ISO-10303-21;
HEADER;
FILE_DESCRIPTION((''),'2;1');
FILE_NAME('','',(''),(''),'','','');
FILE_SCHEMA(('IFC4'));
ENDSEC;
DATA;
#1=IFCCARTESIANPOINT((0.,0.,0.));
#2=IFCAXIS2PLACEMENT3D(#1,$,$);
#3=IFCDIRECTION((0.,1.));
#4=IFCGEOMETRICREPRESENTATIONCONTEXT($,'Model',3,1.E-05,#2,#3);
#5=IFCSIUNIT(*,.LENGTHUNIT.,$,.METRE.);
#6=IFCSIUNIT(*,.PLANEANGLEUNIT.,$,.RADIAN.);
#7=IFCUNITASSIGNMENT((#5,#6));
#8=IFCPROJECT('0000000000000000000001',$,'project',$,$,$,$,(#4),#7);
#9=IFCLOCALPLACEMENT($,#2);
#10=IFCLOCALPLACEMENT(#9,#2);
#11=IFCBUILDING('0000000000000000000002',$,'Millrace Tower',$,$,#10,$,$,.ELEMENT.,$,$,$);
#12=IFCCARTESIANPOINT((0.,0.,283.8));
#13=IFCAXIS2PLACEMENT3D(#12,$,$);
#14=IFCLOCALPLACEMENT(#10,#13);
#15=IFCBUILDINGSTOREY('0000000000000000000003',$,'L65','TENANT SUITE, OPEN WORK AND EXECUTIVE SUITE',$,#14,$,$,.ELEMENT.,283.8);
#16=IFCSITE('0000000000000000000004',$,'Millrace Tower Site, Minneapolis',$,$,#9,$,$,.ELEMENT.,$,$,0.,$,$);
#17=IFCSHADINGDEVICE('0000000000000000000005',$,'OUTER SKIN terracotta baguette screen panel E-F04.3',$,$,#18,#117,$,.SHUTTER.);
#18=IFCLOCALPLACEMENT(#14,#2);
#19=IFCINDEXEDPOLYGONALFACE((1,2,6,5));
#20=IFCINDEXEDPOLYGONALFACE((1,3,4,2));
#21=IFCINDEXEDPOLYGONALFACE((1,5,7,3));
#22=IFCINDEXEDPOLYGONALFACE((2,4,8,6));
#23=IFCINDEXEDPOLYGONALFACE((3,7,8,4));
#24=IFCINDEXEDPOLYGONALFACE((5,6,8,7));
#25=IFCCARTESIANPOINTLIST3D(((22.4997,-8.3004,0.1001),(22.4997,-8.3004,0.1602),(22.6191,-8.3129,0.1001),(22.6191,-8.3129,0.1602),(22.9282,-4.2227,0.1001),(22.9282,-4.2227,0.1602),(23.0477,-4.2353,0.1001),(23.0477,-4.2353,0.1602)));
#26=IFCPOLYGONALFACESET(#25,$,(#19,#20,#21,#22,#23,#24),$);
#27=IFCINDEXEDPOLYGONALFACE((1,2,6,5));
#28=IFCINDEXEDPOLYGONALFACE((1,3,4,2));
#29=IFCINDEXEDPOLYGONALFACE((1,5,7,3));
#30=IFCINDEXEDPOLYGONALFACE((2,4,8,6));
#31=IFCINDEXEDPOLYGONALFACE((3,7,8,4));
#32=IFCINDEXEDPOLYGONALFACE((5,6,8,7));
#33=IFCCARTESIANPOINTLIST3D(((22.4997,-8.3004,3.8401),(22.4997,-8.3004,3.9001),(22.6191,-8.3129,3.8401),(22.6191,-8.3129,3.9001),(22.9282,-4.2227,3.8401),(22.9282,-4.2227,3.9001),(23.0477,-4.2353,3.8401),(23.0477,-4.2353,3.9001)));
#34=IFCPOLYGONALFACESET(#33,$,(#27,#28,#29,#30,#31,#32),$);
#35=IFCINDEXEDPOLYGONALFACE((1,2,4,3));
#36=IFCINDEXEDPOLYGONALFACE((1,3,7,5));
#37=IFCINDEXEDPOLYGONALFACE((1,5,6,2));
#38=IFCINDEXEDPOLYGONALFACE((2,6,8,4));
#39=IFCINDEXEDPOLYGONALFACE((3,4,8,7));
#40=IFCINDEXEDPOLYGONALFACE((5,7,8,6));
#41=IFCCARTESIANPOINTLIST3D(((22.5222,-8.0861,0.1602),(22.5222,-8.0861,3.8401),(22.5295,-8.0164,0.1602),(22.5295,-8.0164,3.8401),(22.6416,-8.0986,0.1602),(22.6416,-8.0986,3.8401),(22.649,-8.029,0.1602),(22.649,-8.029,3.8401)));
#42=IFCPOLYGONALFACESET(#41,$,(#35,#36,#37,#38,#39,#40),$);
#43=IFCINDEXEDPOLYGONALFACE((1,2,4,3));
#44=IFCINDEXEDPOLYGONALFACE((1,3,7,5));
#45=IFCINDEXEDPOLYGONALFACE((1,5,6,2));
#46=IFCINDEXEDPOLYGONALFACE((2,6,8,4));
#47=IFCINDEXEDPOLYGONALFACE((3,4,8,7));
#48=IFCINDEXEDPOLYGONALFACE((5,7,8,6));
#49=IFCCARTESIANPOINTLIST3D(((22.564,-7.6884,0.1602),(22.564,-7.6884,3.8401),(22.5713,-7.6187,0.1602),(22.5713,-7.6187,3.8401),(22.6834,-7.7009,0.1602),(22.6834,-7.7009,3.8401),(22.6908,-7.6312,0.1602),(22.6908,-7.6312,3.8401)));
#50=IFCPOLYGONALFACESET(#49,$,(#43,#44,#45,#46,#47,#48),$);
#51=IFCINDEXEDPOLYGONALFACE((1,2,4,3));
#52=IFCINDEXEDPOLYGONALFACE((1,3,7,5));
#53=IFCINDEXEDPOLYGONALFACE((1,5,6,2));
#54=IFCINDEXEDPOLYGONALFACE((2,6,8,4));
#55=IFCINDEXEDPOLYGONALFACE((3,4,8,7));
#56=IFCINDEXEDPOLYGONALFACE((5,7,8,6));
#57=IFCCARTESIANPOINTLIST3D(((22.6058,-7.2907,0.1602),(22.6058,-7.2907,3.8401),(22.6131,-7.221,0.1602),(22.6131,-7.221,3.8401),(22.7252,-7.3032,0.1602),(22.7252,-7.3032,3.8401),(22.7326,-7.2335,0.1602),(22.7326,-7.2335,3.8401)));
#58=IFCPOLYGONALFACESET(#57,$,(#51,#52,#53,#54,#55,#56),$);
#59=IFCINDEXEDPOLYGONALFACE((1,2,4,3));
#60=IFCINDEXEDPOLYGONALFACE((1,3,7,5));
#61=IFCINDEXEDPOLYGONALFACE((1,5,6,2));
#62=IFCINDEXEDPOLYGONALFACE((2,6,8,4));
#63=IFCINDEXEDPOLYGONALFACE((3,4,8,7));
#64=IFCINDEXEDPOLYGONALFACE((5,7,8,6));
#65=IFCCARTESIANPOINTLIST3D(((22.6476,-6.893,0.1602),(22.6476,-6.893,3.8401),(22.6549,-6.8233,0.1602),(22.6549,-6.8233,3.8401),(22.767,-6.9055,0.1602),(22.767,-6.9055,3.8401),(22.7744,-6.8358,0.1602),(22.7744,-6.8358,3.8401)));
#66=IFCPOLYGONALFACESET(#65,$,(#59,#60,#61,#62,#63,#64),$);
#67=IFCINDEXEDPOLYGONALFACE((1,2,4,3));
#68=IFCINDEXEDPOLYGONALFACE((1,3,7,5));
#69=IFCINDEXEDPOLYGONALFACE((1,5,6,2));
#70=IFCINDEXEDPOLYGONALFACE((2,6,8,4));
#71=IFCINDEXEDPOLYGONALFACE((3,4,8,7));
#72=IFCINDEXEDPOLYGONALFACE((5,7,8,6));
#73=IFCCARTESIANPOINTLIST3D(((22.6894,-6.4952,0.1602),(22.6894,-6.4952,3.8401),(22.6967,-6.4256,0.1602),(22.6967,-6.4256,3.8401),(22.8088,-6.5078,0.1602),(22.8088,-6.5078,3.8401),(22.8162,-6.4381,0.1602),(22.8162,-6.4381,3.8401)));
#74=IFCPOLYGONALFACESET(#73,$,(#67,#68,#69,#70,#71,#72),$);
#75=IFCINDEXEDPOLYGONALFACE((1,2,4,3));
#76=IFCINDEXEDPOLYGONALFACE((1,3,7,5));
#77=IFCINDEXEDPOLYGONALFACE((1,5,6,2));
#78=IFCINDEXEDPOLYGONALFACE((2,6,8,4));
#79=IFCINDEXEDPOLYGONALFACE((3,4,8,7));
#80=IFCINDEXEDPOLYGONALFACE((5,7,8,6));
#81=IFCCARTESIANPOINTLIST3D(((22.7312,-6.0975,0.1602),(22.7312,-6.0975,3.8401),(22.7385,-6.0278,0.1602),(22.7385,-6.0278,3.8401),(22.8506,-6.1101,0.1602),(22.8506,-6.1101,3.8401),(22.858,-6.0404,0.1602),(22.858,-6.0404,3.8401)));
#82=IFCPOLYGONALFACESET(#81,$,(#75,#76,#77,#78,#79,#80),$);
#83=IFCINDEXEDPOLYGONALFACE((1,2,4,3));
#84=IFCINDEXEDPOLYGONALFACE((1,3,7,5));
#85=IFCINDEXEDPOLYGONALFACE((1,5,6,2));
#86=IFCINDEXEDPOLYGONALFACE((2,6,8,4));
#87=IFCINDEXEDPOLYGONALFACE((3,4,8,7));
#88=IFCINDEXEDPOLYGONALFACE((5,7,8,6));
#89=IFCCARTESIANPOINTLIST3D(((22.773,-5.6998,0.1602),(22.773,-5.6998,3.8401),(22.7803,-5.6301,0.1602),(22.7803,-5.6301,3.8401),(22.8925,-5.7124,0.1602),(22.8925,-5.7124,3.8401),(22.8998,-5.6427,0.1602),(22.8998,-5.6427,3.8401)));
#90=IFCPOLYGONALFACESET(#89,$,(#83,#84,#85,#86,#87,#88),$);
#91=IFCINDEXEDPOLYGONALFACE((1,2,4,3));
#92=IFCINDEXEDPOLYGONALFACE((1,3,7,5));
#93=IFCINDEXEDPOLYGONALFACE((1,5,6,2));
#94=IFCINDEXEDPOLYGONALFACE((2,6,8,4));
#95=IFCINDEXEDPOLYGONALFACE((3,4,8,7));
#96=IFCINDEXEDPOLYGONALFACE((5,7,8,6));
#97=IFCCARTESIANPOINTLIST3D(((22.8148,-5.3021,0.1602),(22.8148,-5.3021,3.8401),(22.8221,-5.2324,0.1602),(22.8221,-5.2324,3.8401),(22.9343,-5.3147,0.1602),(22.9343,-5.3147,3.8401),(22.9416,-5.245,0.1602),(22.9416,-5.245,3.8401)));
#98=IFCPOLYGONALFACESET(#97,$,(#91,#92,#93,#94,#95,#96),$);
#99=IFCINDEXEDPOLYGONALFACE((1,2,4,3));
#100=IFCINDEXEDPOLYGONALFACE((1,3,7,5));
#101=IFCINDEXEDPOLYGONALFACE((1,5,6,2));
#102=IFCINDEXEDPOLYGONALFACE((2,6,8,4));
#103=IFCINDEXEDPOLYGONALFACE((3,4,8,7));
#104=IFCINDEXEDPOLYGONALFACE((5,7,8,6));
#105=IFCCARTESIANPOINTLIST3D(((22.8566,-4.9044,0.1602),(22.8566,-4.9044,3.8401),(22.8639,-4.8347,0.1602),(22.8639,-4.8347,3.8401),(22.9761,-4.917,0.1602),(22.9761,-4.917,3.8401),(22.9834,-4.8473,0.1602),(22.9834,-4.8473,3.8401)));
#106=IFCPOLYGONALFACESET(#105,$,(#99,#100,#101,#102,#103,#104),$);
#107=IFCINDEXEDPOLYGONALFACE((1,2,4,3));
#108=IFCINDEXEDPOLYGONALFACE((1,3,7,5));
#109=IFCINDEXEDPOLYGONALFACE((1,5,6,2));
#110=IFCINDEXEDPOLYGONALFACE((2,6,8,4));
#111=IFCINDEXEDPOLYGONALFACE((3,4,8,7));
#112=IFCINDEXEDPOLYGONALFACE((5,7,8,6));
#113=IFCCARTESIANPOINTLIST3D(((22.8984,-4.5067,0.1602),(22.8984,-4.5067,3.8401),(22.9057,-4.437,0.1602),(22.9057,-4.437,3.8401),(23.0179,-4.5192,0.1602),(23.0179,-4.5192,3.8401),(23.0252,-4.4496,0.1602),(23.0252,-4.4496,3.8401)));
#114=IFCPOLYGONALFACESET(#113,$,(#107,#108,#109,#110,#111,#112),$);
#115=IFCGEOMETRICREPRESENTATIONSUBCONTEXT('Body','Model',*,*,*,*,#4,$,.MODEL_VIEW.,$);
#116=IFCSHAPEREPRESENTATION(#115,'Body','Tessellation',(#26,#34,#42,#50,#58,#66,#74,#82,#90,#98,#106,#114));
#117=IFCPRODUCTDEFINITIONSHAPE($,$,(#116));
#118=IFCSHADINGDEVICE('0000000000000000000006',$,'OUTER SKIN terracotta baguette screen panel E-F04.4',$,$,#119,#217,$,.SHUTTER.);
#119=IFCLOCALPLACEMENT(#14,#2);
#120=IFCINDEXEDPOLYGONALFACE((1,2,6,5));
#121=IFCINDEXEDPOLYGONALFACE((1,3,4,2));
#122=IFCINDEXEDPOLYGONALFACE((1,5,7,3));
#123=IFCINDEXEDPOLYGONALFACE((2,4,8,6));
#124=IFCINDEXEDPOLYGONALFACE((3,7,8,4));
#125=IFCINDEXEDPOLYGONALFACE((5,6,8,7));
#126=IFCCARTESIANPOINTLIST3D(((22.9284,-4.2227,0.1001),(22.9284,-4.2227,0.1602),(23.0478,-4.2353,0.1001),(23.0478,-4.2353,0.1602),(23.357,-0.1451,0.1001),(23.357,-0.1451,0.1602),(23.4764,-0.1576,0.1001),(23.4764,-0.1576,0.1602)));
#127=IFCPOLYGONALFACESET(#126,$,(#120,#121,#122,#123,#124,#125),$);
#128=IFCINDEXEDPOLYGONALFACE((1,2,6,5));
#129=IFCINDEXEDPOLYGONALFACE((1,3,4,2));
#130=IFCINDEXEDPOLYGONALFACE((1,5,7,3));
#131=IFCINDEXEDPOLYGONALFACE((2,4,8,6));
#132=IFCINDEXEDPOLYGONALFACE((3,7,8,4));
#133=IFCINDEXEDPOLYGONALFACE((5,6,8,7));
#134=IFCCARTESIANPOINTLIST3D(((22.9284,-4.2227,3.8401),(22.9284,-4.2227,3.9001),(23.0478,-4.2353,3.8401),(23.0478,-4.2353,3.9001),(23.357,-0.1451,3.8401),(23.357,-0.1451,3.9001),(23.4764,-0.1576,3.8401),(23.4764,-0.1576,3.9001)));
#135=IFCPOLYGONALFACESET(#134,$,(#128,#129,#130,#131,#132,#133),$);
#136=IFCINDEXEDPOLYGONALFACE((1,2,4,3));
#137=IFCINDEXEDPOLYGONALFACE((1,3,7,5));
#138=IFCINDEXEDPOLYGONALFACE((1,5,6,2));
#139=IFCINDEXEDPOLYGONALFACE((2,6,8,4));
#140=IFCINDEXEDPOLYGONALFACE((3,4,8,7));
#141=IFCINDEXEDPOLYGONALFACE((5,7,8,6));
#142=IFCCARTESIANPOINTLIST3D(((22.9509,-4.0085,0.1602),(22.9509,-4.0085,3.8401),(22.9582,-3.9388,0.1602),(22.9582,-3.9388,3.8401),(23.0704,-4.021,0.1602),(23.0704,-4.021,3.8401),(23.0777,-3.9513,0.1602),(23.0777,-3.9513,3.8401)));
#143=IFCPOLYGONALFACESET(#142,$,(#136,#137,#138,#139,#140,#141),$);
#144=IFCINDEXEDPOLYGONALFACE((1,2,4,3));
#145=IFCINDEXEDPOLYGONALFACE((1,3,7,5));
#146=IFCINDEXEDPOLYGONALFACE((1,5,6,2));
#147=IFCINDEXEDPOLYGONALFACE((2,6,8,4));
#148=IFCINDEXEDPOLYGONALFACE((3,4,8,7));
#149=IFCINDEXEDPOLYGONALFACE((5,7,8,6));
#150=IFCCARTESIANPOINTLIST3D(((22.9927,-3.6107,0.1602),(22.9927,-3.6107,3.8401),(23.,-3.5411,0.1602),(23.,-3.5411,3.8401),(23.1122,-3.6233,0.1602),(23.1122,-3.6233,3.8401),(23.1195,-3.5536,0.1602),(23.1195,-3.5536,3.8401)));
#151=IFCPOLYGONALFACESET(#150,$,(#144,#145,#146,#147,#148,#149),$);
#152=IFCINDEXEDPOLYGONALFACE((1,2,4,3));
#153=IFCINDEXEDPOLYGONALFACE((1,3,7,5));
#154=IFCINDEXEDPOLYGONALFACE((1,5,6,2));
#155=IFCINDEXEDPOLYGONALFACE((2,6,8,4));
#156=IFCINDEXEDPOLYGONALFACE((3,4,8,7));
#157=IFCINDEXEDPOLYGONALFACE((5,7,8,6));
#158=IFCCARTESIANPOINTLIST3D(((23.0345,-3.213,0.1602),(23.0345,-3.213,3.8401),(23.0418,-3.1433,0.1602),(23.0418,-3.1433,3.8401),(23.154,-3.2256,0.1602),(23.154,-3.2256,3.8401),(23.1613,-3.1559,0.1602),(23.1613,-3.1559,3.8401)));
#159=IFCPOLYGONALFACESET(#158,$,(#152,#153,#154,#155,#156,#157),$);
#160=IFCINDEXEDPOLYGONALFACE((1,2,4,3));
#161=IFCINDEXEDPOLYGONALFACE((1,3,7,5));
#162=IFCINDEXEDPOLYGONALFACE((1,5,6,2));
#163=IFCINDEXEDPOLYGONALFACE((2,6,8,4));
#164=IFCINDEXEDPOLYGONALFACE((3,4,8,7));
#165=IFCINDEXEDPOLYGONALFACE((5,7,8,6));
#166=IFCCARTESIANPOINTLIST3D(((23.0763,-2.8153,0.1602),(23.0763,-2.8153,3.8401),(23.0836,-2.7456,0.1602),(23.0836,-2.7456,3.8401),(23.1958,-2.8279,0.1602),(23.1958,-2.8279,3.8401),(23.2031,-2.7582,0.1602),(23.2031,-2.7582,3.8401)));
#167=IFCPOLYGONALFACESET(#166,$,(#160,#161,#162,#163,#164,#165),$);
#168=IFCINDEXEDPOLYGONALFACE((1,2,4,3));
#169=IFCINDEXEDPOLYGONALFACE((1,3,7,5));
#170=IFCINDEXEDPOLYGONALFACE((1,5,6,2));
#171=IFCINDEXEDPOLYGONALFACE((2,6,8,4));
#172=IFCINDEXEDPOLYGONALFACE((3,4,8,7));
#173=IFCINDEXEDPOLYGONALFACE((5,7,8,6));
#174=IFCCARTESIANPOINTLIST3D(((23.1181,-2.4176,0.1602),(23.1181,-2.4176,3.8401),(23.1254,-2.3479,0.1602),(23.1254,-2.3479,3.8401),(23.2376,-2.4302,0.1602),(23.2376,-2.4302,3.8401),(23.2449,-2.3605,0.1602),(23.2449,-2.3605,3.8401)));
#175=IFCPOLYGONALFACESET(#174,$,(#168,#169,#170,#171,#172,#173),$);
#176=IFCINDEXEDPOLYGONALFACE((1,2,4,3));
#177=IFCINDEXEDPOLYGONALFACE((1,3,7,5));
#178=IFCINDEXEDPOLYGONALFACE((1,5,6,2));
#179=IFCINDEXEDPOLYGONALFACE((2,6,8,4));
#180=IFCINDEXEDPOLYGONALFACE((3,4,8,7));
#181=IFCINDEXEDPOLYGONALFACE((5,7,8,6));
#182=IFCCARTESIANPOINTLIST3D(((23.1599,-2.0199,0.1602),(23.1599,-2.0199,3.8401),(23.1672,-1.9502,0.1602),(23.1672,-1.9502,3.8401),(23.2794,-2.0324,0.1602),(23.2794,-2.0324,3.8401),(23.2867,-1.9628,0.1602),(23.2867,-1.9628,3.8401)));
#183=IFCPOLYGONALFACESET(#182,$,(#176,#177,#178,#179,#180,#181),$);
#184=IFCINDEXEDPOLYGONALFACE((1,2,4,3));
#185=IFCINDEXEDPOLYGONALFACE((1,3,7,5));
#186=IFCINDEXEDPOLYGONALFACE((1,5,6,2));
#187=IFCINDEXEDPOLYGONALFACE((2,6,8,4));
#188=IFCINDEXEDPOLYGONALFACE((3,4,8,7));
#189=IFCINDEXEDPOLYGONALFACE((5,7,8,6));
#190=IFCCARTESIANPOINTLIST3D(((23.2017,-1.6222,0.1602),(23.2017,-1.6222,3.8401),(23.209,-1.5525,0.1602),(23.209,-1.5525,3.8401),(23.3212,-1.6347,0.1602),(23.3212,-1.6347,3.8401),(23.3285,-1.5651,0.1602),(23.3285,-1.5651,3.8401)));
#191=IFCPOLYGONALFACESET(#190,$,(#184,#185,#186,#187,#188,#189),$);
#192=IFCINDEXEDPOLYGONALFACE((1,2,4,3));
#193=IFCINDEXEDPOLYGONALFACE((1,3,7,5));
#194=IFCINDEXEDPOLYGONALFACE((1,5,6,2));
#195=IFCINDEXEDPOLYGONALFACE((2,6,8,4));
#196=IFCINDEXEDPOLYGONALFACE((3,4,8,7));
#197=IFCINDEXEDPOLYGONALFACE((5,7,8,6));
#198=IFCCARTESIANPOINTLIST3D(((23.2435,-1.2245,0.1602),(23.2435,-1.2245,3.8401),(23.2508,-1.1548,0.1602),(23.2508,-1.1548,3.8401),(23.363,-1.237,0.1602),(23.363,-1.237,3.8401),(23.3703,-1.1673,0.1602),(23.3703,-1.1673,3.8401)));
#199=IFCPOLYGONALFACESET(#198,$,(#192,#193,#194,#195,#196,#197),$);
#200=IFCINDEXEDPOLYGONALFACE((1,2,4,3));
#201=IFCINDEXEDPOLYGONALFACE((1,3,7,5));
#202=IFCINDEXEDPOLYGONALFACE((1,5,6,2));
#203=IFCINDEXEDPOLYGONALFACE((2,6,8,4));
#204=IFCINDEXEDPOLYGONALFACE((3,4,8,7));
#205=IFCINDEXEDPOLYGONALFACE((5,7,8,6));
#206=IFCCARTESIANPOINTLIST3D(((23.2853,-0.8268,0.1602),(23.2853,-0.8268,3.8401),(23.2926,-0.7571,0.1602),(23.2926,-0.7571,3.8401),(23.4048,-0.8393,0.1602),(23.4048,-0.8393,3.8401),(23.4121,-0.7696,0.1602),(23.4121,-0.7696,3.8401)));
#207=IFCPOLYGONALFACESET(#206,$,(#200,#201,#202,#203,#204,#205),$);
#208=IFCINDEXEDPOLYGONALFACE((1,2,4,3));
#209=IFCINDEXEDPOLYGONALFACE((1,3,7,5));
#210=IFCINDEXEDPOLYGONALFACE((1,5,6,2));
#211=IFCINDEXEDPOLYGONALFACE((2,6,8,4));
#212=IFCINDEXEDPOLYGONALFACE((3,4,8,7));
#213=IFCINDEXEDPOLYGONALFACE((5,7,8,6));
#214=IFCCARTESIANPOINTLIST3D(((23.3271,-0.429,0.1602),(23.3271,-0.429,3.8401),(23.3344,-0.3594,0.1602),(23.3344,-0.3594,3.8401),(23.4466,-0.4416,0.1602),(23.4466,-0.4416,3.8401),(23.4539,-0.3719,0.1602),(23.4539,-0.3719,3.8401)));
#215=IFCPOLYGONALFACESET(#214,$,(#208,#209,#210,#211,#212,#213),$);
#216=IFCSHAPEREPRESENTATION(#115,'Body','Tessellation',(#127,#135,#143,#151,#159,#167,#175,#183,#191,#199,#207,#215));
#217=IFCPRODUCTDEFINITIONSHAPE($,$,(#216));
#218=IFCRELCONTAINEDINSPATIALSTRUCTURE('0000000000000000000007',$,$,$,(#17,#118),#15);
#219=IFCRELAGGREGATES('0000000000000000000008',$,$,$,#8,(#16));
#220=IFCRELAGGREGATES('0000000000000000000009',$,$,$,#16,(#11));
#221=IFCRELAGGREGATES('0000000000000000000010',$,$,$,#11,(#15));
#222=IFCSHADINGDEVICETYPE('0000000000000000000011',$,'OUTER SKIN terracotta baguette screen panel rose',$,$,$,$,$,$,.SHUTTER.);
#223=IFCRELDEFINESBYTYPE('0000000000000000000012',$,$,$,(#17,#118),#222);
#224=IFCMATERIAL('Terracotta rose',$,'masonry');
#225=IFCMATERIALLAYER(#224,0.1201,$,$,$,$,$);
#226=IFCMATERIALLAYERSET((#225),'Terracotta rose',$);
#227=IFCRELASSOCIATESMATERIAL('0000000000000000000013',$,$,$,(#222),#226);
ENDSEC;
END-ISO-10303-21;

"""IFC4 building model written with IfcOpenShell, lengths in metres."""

from ifc_helpers import new_model, entity, si_unit, direction, frame, frame_2d, origin, place, context, subcontext, project, spatial, rectangle, extrude, source, transform, mapped, material, layer, layer_set, type_object, element, save


model = new_model("IFC4")

# Units and contexts
model_context = context("Model", 3, precision=1e-05, world=origin(), true_north=direction((0.0, 1.0)))
body_context = subcontext(model_context, "Body", "Model", "MODEL_VIEW")
ifc_project = project(units=[si_unit("LENGTHUNIT", "METRE"), si_unit("PLANEANGLEUNIT", "RADIAN")], contexts=[model_context])

# Site, building, storey
site_placement = place(None, origin())
site = spatial("IfcSite", under=ifc_project, at=site_placement, Name="Millrace Tower Site, Minneapolis", CompositionType="ELEMENT", RefElevation=0.0)
building_placement = place(site_placement, origin())
building = spatial("IfcBuilding", under=site, at=building_placement, Name="Millrace Tower", CompositionType="ELEMENT")
storey_placement = place(building_placement, frame((0.0, 0.0, 283.8)))
storey = spatial("IfcBuildingStorey", under=building, at=storey_placement, Name="L65", Description="TENANT SUITE, OPEN WORK AND EXECUTIVE SUITE", CompositionType="ELEMENT", Elevation=283.8)

# Shading devices
ifc_material_1 = material(Name="Terracotta rose", Category="masonry")
ifc_layer_1 = layer(ifc_material_1, 0.1201)
ifc_layer_set_1 = layer_set([ifc_layer_1], Name="Terracotta rose")
shading_device_type = type_object("IfcShadingDeviceType", Name="OUTER SKIN terracotta baguette screen panel rose", PredefinedType="SHUTTER", material=ifc_layer_set_1)
cartesian_point = entity("IfcCartesianPoint", [-2.05, 0.0601])
shared_polyline = entity("IfcPolyline", [cartesian_point, entity("IfcCartesianPoint", [2.05, 0.0601]), entity("IfcCartesianPoint", [2.05, -0.0601]), entity("IfcCartesianPoint", [-2.05, -0.0601]), cartesian_point])
shared_shape = source(origin(), body_context, "Body", "SweptSolid", [
    entity("IfcExtrudedAreaSolid", entity("IfcArbitraryClosedProfileDef", "AREA", None, shared_polyline), entity("IfcAxis2Placement3D", entity("IfcCartesianPoint", [0.0, 0.0, 0.0])), entity("IfcDirection", [0.0, 0.0, 1.0]), 0.0601),
    entity("IfcExtrudedAreaSolid", entity("IfcArbitraryClosedProfileDef", "AREA", None, shared_polyline), entity("IfcAxis2Placement3D", entity("IfcCartesianPoint", [0.0, 0.0, 3.74])), entity("IfcDirection", [0.0, 0.0, 1.0]), 0.0601),
    extrude(rectangle(XDim=0.0701, YDim=0.1201, at=frame_2d((-1.7996, 0.0))), frame((0.0, 0.0, 0.0601)), (0.0, 0.0, 1.0), 3.6799),
    extrude(rectangle(XDim=0.0701, YDim=0.1201, at=frame_2d((-1.3997, 0.0))), frame((0.0, 0.0, 0.0601)), (0.0, 0.0, 1.0), 3.6799),
    extrude(rectangle(XDim=0.0701, YDim=0.1201, at=frame_2d((-0.9998, 0.0))), frame((0.0, 0.0, 0.0601)), (0.0, 0.0, 1.0), 3.6799),
    extrude(rectangle(XDim=0.0701, YDim=0.1201, at=frame_2d((-0.5999, 0.0))), frame((0.0, 0.0, 0.0601)), (0.0, 0.0, 1.0), 3.6799),
    extrude(rectangle(XDim=0.0701, YDim=0.1201, at=frame_2d((-0.2, 0.0))), frame((0.0, 0.0, 0.0601)), (0.0, 0.0, 1.0), 3.6799),
    extrude(rectangle(XDim=0.0701, YDim=0.1201, at=frame_2d((0.2, 0.0))), frame((0.0, 0.0, 0.0601)), (0.0, 0.0, 1.0), 3.6799),
    extrude(rectangle(XDim=0.0701, YDim=0.1201, at=frame_2d((0.5999, 0.0))), frame((0.0, 0.0, 0.0601)), (0.0, 0.0, 1.0), 3.6799),
    extrude(rectangle(XDim=0.0701, YDim=0.1201, at=frame_2d((0.9998, 0.0))), frame((0.0, 0.0, 0.0601)), (0.0, 0.0, 1.0), 3.6799),
    extrude(rectangle(XDim=0.0701, YDim=0.1201, at=frame_2d((1.3997, 0.0))), frame((0.0, 0.0, 0.0601)), (0.0, 0.0, 1.0), 3.6799),
    extrude(rectangle(XDim=0.0701, YDim=0.1201, at=frame_2d((1.7996, 0.0))), frame((0.0, 0.0, 0.0601)), (0.0, 0.0, 1.0), 3.6799),
])
for number, where, z_axis, x_axis, name in (
    (1, (22.7737, -6.2678, 0.1001), (0.0, 0.0, 1.0), (0.104528, 0.994522, 0.0), "OUTER SKIN terracotta baguette screen panel E-F04.3"),
    (2, (23.2024, -2.1902, 0.1001), (0.0, 0.0, 1.0), (0.104528, 0.994522, 0.0), "OUTER SKIN terracotta baguette screen panel E-F04.4"),
):
    element("IfcShadingDevice", number, at=place(storey_placement, frame(where, z_axis=z_axis, x_axis=x_axis)), inside=storey, type_object=shading_device_type, Name=name, PredefinedType="SHUTTER", context=body_context, shape_type="MappedRepresentation", body=[
        mapped(shared_shape, transform((0.0, 0.0, 0.0), scale=1.0)),
    ])

save(model, "model.ifc")
